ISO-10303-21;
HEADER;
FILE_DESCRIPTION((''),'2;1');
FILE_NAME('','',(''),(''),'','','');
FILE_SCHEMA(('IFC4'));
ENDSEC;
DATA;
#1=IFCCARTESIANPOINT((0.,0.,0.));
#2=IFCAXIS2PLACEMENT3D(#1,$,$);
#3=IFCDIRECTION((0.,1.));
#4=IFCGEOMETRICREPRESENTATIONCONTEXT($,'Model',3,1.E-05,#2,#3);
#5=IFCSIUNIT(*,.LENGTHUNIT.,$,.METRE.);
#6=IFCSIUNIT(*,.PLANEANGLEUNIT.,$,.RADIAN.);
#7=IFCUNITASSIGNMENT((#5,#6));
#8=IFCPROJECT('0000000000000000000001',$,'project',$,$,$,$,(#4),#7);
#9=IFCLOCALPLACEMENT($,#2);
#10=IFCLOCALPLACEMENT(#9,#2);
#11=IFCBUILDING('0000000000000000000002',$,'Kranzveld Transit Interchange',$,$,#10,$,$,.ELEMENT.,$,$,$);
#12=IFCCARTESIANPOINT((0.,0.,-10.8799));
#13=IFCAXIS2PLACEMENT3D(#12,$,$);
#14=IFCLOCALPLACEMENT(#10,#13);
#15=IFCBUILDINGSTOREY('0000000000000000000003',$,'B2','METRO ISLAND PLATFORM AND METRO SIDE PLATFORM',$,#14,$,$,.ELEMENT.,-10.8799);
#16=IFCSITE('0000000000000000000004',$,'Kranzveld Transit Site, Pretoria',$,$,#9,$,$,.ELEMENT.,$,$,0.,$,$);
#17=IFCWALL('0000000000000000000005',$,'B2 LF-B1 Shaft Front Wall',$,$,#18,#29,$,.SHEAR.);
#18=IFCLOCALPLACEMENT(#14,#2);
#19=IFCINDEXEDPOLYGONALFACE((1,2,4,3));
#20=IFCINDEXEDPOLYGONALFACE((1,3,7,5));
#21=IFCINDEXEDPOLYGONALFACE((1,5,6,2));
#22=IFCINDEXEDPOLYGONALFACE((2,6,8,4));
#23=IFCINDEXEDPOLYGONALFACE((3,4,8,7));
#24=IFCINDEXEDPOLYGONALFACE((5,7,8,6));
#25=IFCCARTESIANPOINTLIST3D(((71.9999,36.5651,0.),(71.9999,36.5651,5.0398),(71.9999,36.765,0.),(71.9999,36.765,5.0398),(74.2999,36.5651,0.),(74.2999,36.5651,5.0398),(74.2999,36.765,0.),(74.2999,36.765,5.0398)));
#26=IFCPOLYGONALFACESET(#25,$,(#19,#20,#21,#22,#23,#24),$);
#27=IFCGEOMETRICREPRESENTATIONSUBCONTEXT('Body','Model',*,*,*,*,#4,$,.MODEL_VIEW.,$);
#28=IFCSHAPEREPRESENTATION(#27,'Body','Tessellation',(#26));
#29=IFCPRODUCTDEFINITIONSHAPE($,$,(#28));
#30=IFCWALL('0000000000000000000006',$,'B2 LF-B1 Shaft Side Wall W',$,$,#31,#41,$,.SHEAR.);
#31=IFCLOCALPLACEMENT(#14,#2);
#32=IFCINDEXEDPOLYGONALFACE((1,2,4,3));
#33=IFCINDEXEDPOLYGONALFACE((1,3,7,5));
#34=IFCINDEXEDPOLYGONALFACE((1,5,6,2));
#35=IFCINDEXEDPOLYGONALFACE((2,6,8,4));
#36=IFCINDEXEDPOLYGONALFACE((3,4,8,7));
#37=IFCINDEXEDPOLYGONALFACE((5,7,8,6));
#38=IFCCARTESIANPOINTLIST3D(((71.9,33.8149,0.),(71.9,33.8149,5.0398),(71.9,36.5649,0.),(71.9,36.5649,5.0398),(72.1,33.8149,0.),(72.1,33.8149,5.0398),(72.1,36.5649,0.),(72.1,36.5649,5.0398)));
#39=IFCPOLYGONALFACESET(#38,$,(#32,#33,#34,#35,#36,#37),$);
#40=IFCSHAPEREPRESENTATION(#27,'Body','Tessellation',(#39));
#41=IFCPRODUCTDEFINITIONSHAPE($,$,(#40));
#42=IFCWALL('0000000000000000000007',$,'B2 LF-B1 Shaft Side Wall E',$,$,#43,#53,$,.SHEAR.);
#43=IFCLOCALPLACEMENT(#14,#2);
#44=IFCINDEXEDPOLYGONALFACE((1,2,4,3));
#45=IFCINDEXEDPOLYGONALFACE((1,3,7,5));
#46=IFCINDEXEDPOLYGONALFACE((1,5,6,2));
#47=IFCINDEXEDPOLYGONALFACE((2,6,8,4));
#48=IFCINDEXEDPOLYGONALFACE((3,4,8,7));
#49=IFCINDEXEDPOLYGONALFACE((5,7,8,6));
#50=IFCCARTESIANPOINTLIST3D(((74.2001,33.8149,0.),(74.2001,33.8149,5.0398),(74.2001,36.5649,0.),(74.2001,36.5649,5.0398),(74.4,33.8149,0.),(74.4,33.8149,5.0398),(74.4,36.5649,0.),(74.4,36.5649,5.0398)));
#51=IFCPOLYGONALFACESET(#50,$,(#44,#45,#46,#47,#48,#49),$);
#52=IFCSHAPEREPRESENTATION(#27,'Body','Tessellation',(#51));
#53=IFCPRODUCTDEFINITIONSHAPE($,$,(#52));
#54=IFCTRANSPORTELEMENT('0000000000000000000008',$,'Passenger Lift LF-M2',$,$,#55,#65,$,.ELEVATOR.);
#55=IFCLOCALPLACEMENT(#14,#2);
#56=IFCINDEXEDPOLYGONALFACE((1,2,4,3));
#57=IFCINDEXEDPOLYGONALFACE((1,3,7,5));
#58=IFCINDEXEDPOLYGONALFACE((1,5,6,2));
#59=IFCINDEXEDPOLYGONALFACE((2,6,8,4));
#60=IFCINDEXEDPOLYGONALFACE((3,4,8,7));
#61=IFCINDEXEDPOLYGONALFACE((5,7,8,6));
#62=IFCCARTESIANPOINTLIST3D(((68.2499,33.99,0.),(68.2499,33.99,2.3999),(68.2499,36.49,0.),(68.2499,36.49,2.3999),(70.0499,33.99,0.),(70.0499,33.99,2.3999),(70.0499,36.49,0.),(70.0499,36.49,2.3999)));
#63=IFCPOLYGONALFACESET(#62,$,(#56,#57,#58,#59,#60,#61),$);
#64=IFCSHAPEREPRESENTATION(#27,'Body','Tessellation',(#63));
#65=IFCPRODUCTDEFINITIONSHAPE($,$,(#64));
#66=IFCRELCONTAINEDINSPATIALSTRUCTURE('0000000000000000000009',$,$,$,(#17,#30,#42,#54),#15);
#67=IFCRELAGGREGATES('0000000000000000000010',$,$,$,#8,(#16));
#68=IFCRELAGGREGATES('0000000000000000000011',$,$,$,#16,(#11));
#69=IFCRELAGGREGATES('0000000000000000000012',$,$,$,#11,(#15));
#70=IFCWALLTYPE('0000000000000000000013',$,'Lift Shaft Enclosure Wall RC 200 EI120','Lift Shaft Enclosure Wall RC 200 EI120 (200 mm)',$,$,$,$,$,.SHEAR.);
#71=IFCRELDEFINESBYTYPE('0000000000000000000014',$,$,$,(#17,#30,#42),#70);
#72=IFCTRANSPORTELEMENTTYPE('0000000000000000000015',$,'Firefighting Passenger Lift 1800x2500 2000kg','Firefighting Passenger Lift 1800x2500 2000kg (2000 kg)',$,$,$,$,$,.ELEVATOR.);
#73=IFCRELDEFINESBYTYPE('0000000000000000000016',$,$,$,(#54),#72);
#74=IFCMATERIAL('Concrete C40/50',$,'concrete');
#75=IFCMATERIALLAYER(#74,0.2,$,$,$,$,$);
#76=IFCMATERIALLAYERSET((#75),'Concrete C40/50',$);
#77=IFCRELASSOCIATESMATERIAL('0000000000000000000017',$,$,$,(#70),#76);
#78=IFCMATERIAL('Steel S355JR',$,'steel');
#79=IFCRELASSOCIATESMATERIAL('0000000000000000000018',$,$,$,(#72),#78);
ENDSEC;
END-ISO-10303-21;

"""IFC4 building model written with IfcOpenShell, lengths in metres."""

from ifc_helpers import new_model, si_unit, direction, frame, frame_2d, origin, origin_2d, place, context, subcontext, project, spatial, rectangle, extrude, material, layer, layer_set, type_object, element, save


model = new_model("IFC4")

# Units and contexts
model_context = context("Model", 3, precision=1e-05, world=origin(), true_north=direction((0.0, 1.0)))
body_context = subcontext(model_context, "Body", "Model", "MODEL_VIEW")
ifc_project = project(units=[si_unit("LENGTHUNIT", "METRE"), si_unit("PLANEANGLEUNIT", "RADIAN")], contexts=[model_context])

# Site, building, storey
site_placement = place(None, origin())
site = spatial("IfcSite", under=ifc_project, at=site_placement, Name="Kranzveld Transit Site, Pretoria", CompositionType="ELEMENT", RefElevation=0.0)
building_placement = place(site_placement, origin())
building = spatial("IfcBuilding", under=site, at=building_placement, Name="Kranzveld Transit Interchange", CompositionType="ELEMENT")
storey_placement = place(building_placement, frame((0.0, 0.0, -10.8799)))
storey = spatial("IfcBuildingStorey", under=building, at=storey_placement, Name="B2", Description="METRO ISLAND PLATFORM AND METRO SIDE PLATFORM", CompositionType="ELEMENT", Elevation=-10.8799)

# Shared definitions
ifc_material_1 = material(Name="Concrete C40/50", Category="concrete")
ifc_layer_1 = layer(ifc_material_1, 0.2)
ifc_layer_set_1 = layer_set([ifc_layer_1], Name="Concrete C40/50")
wall_type_1 = type_object("IfcWallType", Name="Lift Shaft Enclosure Wall RC 200 EI120", Description="Lift Shaft Enclosure Wall RC 200 EI120 (200 mm)", PredefinedType="SHEAR", material=ifc_layer_set_1)

# Walls
wall_1_placement = place(storey_placement, frame((72.0, 36.665, 0.0), z_axis=(0.0, 0.0, 1.0), x_axis=(1.0, 0.0, 0.0)))
element("IfcWall", 1, at=wall_1_placement, inside=storey, type_object=wall_type_1, Name="B2 LF-B1 Shaft Front Wall", PredefinedType="SHEAR", context=body_context, shape_type="SweptSolid", body=[
    extrude(rectangle(XDim=2.3, YDim=0.2, at=frame_2d((1.1499, 0.0))), origin(), (0.0, 0.0, 1.0), 5.0398),
])
for number, where, z_axis, x_axis, name in (
    (2, (72.0, 33.8149, 0.0), (0.0, 0.0, 1.0), (0.0, 1.0, 0.0), "B2 LF-B1 Shaft Side Wall W"),
    (3, (74.3, 33.8149, 0.0), (0.0, 0.0, 1.0), (0.0, 1.0, 0.0), "B2 LF-B1 Shaft Side Wall E"),
):
    element("IfcWall", number, at=place(storey_placement, frame(where, z_axis=z_axis, x_axis=x_axis)), inside=storey, type_object=wall_type_1, Name=name, PredefinedType="SHEAR", context=body_context, shape_type="SweptSolid", body=[
        extrude(rectangle(XDim=2.75, YDim=0.2, at=frame_2d((1.375, 0.0))), origin(), (0.0, 0.0, 1.0), 5.0398),
    ])

# Transport element
ifc_material_2 = material(Name="Steel S355JR", Category="steel")
transport_element_type = type_object("IfcTransportElementType", Name="Firefighting Passenger Lift 1800x2500 2000kg", Description="Firefighting Passenger Lift 1800x2500 2000kg (2000 kg)", PredefinedType="ELEVATOR", material=ifc_material_2)
transport_element_placement = place(storey_placement, frame((69.1499, 35.24, 0.0), z_axis=(0.0, 0.0, 1.0), x_axis=(1.0, 0.0, 0.0)))
element("IfcTransportElement", 4, at=transport_element_placement, inside=storey, type_object=transport_element_type, Name="Passenger Lift LF-M2", PredefinedType="ELEVATOR", context=body_context, shape_type="SweptSolid", body=[
    extrude(rectangle(XDim=1.8, YDim=2.5, at=origin_2d()), origin(), (0.0, 0.0, 1.0), 2.3999),
])

save(model, "model.ifc")
